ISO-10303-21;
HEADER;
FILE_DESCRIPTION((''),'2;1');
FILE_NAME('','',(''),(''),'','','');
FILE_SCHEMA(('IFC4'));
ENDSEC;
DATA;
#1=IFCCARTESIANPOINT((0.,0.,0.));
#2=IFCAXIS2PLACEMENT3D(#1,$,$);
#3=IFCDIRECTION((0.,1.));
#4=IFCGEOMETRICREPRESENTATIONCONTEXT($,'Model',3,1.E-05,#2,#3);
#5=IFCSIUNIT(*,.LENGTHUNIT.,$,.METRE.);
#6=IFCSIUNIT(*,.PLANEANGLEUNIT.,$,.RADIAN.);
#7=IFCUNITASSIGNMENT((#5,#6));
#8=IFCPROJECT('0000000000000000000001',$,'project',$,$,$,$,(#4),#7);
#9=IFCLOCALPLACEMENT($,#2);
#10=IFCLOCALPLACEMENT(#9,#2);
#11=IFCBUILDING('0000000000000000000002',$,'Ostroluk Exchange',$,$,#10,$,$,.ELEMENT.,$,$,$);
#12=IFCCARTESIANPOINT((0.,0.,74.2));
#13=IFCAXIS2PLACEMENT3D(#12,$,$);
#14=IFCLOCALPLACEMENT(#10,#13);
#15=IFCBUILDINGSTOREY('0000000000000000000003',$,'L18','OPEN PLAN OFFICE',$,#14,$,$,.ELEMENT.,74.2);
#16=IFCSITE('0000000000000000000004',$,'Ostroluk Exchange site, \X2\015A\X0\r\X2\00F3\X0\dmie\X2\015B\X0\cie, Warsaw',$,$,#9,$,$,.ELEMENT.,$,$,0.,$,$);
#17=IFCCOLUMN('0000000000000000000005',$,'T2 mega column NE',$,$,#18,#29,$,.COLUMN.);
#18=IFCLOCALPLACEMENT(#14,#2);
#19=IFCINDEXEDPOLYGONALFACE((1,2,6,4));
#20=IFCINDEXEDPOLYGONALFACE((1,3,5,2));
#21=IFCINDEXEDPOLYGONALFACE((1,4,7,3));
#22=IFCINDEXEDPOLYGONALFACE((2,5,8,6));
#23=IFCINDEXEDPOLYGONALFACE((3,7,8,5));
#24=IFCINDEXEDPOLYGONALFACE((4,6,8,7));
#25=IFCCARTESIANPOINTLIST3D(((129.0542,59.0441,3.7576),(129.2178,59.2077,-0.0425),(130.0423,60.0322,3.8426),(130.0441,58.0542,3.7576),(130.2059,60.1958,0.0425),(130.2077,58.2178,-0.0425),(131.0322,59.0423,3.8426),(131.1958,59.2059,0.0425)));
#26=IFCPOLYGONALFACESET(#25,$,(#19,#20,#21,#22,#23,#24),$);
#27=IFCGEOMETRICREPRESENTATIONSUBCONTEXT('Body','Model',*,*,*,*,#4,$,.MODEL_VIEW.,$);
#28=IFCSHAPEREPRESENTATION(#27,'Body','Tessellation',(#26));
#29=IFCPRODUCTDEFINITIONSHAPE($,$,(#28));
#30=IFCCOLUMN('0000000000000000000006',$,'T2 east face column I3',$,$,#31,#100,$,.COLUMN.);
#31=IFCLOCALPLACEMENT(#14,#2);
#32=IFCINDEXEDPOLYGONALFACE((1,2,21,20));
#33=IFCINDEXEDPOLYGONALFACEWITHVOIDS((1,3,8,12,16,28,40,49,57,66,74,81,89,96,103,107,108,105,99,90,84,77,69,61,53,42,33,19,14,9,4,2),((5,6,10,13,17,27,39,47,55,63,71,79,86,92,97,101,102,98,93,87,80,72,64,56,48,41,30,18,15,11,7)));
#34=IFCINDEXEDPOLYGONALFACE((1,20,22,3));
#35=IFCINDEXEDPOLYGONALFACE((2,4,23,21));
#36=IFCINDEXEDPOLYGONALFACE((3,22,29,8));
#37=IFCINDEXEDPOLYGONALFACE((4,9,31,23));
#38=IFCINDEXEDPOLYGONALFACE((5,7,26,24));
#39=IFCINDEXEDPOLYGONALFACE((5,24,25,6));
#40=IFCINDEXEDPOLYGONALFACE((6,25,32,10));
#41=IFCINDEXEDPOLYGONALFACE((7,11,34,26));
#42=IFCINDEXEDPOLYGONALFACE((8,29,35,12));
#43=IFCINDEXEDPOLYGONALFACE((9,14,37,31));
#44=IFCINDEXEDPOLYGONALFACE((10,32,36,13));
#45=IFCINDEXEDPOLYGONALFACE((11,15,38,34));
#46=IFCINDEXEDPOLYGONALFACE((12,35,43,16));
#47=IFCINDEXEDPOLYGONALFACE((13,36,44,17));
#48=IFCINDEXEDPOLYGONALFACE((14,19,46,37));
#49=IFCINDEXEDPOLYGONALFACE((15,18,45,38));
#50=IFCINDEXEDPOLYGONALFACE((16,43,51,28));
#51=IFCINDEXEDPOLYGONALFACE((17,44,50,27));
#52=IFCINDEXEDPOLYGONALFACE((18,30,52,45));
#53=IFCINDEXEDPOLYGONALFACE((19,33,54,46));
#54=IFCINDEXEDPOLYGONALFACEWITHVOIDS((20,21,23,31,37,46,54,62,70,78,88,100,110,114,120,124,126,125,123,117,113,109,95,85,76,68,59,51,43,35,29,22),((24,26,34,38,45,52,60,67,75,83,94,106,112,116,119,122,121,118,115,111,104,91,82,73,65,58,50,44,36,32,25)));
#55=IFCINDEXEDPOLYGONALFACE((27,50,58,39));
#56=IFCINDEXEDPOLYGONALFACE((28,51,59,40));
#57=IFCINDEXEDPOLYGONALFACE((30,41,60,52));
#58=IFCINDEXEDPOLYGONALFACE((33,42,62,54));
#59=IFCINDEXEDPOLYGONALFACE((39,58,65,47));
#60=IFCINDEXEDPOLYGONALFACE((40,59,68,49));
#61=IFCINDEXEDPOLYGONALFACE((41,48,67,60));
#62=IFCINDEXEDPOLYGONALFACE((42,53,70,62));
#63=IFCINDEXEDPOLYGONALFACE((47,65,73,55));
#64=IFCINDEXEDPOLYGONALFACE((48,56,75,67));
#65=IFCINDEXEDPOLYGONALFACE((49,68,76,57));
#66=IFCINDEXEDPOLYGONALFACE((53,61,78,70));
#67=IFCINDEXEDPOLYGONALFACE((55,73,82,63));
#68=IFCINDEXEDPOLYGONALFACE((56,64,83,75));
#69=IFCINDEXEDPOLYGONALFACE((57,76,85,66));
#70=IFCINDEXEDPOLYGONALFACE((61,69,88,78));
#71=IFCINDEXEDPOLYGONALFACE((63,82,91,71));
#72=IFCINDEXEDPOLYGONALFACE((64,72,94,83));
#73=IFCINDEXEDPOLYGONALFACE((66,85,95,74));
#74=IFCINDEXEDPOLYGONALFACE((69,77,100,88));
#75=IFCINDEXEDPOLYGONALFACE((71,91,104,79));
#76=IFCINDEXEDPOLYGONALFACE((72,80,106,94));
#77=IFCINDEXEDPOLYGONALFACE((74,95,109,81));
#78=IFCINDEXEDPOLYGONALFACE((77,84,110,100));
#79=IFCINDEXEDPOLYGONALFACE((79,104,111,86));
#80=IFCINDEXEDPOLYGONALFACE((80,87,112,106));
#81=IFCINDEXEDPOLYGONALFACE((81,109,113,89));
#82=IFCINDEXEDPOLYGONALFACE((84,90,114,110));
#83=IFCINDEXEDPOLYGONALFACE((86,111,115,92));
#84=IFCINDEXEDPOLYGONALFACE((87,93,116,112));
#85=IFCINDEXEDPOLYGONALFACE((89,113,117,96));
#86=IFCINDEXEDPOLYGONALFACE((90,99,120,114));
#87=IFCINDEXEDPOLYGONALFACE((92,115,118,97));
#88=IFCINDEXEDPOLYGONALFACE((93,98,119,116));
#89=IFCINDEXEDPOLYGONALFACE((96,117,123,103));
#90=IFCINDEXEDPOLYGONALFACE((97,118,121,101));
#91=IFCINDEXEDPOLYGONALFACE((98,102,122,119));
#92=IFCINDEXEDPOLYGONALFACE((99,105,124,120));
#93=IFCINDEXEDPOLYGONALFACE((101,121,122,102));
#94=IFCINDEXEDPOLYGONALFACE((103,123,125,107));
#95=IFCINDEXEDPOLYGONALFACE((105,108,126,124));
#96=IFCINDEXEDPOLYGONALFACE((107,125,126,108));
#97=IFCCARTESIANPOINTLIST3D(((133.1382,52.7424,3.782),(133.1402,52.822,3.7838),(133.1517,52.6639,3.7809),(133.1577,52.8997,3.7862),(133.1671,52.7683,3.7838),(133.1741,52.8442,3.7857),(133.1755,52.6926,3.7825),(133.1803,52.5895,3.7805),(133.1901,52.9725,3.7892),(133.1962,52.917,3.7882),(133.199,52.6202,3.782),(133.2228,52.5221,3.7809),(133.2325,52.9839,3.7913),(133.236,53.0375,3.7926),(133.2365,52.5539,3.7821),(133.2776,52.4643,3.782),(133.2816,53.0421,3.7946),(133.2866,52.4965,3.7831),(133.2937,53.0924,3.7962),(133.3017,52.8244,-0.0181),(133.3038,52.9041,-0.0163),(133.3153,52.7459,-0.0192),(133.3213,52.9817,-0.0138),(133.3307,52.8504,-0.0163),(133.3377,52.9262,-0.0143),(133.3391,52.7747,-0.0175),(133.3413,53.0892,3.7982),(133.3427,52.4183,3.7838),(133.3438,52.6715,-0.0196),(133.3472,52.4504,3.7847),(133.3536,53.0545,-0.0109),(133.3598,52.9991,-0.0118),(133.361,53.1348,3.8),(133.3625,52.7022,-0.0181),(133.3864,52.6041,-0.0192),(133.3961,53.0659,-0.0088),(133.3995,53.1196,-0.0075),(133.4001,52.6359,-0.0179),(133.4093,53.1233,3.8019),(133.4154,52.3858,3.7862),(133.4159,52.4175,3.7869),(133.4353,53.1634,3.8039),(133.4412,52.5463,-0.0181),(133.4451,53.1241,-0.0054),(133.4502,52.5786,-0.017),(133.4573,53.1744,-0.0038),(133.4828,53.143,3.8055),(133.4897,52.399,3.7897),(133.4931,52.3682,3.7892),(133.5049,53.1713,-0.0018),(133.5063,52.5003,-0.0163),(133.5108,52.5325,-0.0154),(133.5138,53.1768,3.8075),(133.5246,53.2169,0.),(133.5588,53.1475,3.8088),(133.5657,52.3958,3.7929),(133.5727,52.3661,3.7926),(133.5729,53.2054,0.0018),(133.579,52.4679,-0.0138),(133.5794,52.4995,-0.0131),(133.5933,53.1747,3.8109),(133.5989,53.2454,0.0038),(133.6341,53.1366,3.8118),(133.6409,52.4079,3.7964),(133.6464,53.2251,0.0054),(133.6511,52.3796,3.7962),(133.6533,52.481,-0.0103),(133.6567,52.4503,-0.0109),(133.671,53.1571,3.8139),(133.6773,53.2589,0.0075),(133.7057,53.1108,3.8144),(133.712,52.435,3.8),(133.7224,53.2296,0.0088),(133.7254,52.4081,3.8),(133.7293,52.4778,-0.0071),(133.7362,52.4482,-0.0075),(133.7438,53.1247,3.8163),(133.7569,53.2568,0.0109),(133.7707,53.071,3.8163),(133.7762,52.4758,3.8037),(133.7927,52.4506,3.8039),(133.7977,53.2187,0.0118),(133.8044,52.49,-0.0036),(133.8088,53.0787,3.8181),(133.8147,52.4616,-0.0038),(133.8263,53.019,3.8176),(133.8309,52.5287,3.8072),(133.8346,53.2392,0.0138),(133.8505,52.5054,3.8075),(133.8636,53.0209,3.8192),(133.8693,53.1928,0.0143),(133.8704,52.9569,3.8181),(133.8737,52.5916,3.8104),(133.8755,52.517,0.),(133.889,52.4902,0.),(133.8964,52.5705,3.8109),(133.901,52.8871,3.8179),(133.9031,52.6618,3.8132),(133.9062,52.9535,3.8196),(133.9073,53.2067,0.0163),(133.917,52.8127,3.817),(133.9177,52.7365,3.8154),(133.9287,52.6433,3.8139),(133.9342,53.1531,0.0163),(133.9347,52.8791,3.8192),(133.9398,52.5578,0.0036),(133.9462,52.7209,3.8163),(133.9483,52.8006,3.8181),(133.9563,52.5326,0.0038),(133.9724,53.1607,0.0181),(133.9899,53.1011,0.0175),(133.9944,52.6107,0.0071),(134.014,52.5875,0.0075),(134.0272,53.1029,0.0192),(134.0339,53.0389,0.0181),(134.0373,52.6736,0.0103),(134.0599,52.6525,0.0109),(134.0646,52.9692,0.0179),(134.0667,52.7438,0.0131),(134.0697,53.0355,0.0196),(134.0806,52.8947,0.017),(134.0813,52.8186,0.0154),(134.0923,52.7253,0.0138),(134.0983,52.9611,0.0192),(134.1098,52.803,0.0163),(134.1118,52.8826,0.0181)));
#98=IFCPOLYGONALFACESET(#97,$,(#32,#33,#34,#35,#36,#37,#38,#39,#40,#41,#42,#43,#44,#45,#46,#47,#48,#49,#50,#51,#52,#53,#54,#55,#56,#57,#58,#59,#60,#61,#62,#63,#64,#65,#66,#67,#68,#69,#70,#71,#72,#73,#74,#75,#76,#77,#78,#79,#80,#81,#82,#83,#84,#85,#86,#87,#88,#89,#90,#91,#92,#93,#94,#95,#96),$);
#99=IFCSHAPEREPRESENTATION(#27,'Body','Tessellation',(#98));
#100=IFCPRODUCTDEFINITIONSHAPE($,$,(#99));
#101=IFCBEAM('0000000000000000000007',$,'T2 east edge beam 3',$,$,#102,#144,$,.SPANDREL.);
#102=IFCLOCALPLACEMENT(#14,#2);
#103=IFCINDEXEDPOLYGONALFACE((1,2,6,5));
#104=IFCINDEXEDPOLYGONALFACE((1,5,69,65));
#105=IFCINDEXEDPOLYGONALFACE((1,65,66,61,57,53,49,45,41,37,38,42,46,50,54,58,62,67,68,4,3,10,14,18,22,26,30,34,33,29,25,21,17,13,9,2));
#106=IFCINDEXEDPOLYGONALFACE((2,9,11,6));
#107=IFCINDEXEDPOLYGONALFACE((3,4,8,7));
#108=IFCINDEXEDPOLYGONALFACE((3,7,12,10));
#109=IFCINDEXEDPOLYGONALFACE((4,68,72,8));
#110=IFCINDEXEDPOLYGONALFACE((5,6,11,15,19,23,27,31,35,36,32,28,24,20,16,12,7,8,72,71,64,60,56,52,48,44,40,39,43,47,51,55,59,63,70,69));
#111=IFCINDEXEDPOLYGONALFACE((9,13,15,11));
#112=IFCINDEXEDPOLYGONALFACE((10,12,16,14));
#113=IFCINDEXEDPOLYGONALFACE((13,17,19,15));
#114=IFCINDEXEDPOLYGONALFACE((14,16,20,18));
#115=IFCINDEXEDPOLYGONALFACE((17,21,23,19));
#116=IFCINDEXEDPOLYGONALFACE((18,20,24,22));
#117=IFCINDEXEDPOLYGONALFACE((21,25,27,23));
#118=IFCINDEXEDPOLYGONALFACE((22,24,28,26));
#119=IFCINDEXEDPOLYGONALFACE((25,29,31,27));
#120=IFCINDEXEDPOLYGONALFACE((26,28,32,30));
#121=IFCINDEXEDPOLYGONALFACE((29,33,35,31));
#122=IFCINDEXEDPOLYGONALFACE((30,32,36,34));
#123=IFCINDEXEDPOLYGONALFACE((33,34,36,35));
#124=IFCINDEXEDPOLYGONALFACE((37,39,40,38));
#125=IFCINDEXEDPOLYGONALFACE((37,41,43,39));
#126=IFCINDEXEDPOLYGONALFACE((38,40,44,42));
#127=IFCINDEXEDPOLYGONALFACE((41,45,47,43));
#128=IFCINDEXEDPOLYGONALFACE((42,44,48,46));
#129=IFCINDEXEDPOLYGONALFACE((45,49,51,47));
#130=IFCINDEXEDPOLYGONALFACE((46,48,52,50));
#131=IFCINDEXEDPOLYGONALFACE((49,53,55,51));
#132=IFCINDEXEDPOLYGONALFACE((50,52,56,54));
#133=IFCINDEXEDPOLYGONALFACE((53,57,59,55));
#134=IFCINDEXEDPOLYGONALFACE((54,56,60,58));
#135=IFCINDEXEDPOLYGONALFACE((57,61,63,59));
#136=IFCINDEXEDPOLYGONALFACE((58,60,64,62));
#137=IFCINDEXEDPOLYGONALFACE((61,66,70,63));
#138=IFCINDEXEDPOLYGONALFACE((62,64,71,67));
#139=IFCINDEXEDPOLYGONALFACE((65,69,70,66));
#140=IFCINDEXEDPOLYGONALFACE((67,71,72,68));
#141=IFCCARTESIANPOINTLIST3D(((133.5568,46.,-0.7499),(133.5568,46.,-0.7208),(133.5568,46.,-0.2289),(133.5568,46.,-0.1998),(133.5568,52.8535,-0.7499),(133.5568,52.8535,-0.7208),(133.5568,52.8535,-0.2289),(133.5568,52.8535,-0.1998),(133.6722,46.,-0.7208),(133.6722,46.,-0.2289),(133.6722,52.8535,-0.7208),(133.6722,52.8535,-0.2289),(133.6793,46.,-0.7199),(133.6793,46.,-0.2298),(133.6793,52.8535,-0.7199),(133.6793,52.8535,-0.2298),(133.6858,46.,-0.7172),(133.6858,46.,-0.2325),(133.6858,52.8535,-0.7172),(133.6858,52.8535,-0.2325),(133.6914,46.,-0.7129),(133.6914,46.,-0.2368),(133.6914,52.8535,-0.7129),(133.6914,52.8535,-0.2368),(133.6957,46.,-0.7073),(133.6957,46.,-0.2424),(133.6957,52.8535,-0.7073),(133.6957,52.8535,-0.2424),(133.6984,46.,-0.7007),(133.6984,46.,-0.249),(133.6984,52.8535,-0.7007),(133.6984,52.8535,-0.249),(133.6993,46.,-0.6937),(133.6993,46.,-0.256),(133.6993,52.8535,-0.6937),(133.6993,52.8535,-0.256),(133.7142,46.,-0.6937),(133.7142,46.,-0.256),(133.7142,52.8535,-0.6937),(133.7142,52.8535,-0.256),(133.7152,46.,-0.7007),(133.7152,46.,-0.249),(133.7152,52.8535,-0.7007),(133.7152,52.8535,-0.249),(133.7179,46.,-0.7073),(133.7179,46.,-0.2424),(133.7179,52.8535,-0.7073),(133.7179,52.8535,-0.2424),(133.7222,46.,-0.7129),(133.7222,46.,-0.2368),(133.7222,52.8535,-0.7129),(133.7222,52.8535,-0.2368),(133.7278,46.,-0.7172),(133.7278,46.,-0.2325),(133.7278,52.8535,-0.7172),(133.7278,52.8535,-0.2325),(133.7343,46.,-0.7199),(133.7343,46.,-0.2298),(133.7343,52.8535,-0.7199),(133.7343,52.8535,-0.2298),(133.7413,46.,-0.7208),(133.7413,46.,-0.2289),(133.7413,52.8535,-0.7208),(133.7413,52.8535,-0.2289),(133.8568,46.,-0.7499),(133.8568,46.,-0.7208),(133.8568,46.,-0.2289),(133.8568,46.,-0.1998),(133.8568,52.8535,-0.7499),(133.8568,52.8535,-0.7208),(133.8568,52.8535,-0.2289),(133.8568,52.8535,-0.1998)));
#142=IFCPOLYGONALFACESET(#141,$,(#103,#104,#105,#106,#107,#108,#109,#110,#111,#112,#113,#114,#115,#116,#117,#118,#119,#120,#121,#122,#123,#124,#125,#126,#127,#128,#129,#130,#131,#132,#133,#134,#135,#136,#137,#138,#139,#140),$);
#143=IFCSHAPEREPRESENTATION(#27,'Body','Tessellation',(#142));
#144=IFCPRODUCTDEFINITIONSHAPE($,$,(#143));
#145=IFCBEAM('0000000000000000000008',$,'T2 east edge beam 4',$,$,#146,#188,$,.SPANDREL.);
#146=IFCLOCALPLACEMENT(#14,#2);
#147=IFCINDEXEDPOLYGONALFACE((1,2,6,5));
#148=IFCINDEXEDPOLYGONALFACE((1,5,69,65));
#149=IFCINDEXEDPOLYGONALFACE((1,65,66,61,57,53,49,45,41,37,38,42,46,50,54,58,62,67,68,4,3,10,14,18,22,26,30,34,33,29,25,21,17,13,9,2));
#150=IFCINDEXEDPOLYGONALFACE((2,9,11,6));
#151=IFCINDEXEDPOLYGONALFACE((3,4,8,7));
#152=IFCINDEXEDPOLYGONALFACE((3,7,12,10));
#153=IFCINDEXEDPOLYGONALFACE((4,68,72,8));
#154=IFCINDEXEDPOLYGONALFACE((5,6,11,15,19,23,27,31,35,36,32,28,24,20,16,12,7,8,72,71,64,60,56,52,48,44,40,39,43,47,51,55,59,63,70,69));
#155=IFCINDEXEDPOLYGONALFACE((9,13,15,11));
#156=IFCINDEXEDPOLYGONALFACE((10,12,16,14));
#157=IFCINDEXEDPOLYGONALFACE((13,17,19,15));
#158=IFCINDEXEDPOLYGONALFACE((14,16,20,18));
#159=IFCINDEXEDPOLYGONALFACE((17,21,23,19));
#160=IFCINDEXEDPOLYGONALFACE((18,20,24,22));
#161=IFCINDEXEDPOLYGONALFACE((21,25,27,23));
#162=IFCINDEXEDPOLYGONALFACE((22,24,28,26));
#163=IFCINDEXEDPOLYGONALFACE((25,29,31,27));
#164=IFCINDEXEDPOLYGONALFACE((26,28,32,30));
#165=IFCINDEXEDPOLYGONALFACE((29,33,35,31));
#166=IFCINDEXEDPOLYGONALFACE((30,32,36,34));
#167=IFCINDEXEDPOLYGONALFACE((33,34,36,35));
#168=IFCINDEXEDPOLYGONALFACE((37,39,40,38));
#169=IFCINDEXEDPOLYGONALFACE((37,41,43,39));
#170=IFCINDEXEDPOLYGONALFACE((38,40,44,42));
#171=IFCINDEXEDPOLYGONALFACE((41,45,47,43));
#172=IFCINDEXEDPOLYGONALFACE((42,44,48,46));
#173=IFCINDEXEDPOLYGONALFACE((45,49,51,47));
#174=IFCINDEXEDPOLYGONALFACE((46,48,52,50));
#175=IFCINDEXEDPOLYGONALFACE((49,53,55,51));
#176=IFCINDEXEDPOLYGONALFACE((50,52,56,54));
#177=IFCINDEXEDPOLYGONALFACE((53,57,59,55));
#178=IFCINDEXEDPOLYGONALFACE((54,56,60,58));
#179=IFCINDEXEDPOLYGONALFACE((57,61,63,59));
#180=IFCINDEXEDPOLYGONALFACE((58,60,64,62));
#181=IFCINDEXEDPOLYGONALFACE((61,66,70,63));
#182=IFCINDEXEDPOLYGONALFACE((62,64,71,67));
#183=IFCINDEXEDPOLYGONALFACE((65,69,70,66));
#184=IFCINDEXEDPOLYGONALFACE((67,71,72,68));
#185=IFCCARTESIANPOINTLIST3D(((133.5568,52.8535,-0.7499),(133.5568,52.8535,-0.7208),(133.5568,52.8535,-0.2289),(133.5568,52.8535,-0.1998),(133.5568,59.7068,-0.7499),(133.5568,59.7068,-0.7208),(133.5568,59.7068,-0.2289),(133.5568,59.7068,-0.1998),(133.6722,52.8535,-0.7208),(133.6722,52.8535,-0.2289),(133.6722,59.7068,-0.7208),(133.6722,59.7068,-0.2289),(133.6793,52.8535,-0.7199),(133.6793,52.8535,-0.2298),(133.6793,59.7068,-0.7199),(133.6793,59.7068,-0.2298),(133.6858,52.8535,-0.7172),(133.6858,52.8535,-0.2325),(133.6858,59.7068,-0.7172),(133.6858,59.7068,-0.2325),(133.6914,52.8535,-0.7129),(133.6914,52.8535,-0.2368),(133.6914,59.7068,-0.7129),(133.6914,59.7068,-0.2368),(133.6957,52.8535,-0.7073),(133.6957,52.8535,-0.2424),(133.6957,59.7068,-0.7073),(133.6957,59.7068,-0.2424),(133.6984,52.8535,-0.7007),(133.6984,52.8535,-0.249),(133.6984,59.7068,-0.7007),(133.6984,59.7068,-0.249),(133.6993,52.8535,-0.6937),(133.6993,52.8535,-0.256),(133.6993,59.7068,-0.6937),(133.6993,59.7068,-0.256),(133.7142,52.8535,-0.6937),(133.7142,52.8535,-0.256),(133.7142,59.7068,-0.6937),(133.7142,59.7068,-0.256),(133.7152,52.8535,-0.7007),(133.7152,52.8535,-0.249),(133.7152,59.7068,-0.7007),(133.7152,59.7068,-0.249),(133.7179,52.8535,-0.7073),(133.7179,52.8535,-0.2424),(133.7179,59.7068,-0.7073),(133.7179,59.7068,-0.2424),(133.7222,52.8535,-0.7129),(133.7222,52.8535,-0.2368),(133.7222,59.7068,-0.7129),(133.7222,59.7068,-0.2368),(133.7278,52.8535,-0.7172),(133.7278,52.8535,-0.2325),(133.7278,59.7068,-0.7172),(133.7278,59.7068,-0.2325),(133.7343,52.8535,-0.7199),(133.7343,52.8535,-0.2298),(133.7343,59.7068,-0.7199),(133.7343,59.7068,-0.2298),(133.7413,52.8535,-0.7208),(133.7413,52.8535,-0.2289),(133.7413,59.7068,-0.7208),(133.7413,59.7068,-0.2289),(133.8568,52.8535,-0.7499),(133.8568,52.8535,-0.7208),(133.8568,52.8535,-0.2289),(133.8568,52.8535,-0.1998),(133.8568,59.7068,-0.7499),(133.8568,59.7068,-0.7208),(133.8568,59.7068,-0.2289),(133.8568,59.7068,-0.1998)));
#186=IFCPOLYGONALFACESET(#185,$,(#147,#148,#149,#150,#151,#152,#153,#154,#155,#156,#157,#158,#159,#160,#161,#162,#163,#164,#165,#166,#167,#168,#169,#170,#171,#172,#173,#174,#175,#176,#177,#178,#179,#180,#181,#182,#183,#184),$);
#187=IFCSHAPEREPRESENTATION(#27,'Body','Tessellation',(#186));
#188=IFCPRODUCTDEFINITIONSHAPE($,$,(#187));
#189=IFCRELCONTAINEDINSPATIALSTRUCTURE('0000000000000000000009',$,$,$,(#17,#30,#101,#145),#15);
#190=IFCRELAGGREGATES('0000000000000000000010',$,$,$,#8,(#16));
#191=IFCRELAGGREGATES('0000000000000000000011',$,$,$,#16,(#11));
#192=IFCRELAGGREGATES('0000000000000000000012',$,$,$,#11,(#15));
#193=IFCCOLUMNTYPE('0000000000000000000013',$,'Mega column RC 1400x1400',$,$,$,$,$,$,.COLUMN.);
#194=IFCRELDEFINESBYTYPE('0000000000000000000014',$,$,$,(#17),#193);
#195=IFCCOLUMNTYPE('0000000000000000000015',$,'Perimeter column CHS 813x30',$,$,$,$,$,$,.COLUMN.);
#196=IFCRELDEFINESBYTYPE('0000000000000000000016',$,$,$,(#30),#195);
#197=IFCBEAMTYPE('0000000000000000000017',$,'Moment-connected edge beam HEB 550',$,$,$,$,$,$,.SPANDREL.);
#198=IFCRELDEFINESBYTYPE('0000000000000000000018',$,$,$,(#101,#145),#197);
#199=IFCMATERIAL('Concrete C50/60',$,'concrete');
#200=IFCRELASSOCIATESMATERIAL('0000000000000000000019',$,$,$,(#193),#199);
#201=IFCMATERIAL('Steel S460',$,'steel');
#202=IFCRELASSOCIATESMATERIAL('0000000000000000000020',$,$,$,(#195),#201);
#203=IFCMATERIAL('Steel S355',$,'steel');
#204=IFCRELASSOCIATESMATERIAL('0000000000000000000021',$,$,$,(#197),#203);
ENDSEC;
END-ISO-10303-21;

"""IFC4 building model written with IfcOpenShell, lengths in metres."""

from ifc_helpers import new_model, si_unit, direction, frame, origin, origin_2d, place, context, subcontext, project, spatial, rectangle, hollow_circle, i_section, extrude, material, material_profile, profile_set, type_object, element, save


model = new_model("IFC4")

# Units and contexts
model_context = context("Model", 3, precision=1e-05, world=origin(), true_north=direction((0.0, 1.0)))
body_context = subcontext(model_context, "Body", "Model", "MODEL_VIEW")
ifc_project = project(units=[si_unit("LENGTHUNIT", "METRE"), si_unit("PLANEANGLEUNIT", "RADIAN")], contexts=[model_context])

# Site, building, storey
site_placement = place(None, origin())
site = spatial("IfcSite", under=ifc_project, at=site_placement, Name="Ostroluk Exchange site, Śródmieście, Warsaw", CompositionType="ELEMENT", RefElevation=0.0)
building_placement = place(site_placement, origin())
building = spatial("IfcBuilding", under=site, at=building_placement, Name="Ostroluk Exchange", CompositionType="ELEMENT")
storey_placement = place(building_placement, frame((0.0, 0.0, 74.2)))
storey = spatial("IfcBuildingStorey", under=building, at=storey_placement, Name="L18", Description="OPEN PLAN OFFICE", CompositionType="ELEMENT", Elevation=74.2)

# Columns
ifc_material_1 = material(Name="Concrete C50/60", Category="concrete")
ifc_material_profile_1 = material_profile(ifc_material_1, rectangle(XDim=1.3999, YDim=1.3999, at=origin_2d()), Name="RC 1400x1400")
ifc_profile_set_1 = profile_set([ifc_material_profile_1], Name="Concrete C50/60")
column_type_1 = type_object("IfcColumnType", Name="Mega column RC 1400x1400", PredefinedType="COLUMN", material=ifc_profile_set_1)
column_1_placement = place(storey_placement, frame((130.2068, 59.2068, 0.0), z_axis=(-0.042966, -0.042966, 0.998152), x_axis=(0.707107, -0.707107, 0.0)))
element("IfcColumn", 1, at=column_1_placement, inside=storey, type_object=column_type_1, Name="T2 mega column NE", PredefinedType="COLUMN", context=body_context, shape_type="SweptSolid", body=[
    extrude(rectangle(XDim=1.3999, YDim=1.3999, at=origin_2d()), origin(), (0.0, 0.0, 1.0), 3.8071),
])
ifc_material_2 = material(Name="Steel S460", Category="steel")
ifc_material_profile_2 = material_profile(ifc_material_2, hollow_circle(Radius=0.4065, WallThickness=0.03, at=origin_2d()), Name="CHS 813x30")
ifc_profile_set_2 = profile_set([ifc_material_profile_2], Name="Steel S460")
column_type_2 = type_object("IfcColumnType", Name="Perimeter column CHS 813x30", PredefinedType="COLUMN", material=ifc_profile_set_2)
column_2_placement = place(storey_placement, frame((133.7068, 52.8535, 0.0), z_axis=(-0.042995, -0.021562, 0.998843), x_axis=(0.448281, -0.893893, 0.0)))
element("IfcColumn", 2, at=column_2_placement, inside=storey, type_object=column_type_2, Name="T2 east face column I3", PredefinedType="COLUMN", context=body_context, shape_type="SweptSolid", body=[
    extrude(hollow_circle(Radius=0.4065, WallThickness=0.03, at=origin_2d()), origin(), (0.0, 0.0, 1.0), 3.8044),
])

# Beams
ifc_material_3 = material(Name="Steel S355", Category="steel")
ifc_material_profile_3 = material_profile(ifc_material_3, i_section(OverallWidth=0.3, OverallDepth=0.55, WebThickness=0.0149, FlangeThickness=0.0291, FilletRadius=0.0271, at=origin_2d()), Name="HEB 550")
ifc_profile_set_3 = profile_set([ifc_material_profile_3], Name="Steel S355")
beam_type = type_object("IfcBeamType", Name="Moment-connected edge beam HEB 550", PredefinedType="SPANDREL", material=ifc_profile_set_3)
beam_1_placement = place(storey_placement, frame((133.7068, 46.0, -0.4749), z_axis=(0.0, 1.0, 0.0), x_axis=(-1.0, 0.0, 0.0)))
element("IfcBeam", 3, at=beam_1_placement, inside=storey, type_object=beam_type, Name="T2 east edge beam 3", PredefinedType="SPANDREL", context=body_context, shape_type="SweptSolid", body=[
    extrude(i_section(OverallWidth=0.3, OverallDepth=0.55, WebThickness=0.0149, FlangeThickness=0.0291, FilletRadius=0.0271, at=origin_2d()), origin(), (0.0, 0.0, 1.0), 6.8535),
])
beam_2_placement = place(storey_placement, frame((133.7068, 52.8535, -0.4749), z_axis=(0.0, 1.0, 0.0), x_axis=(-1.0, 0.0, 0.0)))
element("IfcBeam", 4, at=beam_2_placement, inside=storey, type_object=beam_type, Name="T2 east edge beam 4", PredefinedType="SPANDREL", context=body_context, shape_type="SweptSolid", body=[
    extrude(i_section(OverallWidth=0.3, OverallDepth=0.55, WebThickness=0.0149, FlangeThickness=0.0291, FilletRadius=0.0271, at=origin_2d()), origin(), (0.0, 0.0, 1.0), 6.8533),
])

save(model, "model.ifc")
